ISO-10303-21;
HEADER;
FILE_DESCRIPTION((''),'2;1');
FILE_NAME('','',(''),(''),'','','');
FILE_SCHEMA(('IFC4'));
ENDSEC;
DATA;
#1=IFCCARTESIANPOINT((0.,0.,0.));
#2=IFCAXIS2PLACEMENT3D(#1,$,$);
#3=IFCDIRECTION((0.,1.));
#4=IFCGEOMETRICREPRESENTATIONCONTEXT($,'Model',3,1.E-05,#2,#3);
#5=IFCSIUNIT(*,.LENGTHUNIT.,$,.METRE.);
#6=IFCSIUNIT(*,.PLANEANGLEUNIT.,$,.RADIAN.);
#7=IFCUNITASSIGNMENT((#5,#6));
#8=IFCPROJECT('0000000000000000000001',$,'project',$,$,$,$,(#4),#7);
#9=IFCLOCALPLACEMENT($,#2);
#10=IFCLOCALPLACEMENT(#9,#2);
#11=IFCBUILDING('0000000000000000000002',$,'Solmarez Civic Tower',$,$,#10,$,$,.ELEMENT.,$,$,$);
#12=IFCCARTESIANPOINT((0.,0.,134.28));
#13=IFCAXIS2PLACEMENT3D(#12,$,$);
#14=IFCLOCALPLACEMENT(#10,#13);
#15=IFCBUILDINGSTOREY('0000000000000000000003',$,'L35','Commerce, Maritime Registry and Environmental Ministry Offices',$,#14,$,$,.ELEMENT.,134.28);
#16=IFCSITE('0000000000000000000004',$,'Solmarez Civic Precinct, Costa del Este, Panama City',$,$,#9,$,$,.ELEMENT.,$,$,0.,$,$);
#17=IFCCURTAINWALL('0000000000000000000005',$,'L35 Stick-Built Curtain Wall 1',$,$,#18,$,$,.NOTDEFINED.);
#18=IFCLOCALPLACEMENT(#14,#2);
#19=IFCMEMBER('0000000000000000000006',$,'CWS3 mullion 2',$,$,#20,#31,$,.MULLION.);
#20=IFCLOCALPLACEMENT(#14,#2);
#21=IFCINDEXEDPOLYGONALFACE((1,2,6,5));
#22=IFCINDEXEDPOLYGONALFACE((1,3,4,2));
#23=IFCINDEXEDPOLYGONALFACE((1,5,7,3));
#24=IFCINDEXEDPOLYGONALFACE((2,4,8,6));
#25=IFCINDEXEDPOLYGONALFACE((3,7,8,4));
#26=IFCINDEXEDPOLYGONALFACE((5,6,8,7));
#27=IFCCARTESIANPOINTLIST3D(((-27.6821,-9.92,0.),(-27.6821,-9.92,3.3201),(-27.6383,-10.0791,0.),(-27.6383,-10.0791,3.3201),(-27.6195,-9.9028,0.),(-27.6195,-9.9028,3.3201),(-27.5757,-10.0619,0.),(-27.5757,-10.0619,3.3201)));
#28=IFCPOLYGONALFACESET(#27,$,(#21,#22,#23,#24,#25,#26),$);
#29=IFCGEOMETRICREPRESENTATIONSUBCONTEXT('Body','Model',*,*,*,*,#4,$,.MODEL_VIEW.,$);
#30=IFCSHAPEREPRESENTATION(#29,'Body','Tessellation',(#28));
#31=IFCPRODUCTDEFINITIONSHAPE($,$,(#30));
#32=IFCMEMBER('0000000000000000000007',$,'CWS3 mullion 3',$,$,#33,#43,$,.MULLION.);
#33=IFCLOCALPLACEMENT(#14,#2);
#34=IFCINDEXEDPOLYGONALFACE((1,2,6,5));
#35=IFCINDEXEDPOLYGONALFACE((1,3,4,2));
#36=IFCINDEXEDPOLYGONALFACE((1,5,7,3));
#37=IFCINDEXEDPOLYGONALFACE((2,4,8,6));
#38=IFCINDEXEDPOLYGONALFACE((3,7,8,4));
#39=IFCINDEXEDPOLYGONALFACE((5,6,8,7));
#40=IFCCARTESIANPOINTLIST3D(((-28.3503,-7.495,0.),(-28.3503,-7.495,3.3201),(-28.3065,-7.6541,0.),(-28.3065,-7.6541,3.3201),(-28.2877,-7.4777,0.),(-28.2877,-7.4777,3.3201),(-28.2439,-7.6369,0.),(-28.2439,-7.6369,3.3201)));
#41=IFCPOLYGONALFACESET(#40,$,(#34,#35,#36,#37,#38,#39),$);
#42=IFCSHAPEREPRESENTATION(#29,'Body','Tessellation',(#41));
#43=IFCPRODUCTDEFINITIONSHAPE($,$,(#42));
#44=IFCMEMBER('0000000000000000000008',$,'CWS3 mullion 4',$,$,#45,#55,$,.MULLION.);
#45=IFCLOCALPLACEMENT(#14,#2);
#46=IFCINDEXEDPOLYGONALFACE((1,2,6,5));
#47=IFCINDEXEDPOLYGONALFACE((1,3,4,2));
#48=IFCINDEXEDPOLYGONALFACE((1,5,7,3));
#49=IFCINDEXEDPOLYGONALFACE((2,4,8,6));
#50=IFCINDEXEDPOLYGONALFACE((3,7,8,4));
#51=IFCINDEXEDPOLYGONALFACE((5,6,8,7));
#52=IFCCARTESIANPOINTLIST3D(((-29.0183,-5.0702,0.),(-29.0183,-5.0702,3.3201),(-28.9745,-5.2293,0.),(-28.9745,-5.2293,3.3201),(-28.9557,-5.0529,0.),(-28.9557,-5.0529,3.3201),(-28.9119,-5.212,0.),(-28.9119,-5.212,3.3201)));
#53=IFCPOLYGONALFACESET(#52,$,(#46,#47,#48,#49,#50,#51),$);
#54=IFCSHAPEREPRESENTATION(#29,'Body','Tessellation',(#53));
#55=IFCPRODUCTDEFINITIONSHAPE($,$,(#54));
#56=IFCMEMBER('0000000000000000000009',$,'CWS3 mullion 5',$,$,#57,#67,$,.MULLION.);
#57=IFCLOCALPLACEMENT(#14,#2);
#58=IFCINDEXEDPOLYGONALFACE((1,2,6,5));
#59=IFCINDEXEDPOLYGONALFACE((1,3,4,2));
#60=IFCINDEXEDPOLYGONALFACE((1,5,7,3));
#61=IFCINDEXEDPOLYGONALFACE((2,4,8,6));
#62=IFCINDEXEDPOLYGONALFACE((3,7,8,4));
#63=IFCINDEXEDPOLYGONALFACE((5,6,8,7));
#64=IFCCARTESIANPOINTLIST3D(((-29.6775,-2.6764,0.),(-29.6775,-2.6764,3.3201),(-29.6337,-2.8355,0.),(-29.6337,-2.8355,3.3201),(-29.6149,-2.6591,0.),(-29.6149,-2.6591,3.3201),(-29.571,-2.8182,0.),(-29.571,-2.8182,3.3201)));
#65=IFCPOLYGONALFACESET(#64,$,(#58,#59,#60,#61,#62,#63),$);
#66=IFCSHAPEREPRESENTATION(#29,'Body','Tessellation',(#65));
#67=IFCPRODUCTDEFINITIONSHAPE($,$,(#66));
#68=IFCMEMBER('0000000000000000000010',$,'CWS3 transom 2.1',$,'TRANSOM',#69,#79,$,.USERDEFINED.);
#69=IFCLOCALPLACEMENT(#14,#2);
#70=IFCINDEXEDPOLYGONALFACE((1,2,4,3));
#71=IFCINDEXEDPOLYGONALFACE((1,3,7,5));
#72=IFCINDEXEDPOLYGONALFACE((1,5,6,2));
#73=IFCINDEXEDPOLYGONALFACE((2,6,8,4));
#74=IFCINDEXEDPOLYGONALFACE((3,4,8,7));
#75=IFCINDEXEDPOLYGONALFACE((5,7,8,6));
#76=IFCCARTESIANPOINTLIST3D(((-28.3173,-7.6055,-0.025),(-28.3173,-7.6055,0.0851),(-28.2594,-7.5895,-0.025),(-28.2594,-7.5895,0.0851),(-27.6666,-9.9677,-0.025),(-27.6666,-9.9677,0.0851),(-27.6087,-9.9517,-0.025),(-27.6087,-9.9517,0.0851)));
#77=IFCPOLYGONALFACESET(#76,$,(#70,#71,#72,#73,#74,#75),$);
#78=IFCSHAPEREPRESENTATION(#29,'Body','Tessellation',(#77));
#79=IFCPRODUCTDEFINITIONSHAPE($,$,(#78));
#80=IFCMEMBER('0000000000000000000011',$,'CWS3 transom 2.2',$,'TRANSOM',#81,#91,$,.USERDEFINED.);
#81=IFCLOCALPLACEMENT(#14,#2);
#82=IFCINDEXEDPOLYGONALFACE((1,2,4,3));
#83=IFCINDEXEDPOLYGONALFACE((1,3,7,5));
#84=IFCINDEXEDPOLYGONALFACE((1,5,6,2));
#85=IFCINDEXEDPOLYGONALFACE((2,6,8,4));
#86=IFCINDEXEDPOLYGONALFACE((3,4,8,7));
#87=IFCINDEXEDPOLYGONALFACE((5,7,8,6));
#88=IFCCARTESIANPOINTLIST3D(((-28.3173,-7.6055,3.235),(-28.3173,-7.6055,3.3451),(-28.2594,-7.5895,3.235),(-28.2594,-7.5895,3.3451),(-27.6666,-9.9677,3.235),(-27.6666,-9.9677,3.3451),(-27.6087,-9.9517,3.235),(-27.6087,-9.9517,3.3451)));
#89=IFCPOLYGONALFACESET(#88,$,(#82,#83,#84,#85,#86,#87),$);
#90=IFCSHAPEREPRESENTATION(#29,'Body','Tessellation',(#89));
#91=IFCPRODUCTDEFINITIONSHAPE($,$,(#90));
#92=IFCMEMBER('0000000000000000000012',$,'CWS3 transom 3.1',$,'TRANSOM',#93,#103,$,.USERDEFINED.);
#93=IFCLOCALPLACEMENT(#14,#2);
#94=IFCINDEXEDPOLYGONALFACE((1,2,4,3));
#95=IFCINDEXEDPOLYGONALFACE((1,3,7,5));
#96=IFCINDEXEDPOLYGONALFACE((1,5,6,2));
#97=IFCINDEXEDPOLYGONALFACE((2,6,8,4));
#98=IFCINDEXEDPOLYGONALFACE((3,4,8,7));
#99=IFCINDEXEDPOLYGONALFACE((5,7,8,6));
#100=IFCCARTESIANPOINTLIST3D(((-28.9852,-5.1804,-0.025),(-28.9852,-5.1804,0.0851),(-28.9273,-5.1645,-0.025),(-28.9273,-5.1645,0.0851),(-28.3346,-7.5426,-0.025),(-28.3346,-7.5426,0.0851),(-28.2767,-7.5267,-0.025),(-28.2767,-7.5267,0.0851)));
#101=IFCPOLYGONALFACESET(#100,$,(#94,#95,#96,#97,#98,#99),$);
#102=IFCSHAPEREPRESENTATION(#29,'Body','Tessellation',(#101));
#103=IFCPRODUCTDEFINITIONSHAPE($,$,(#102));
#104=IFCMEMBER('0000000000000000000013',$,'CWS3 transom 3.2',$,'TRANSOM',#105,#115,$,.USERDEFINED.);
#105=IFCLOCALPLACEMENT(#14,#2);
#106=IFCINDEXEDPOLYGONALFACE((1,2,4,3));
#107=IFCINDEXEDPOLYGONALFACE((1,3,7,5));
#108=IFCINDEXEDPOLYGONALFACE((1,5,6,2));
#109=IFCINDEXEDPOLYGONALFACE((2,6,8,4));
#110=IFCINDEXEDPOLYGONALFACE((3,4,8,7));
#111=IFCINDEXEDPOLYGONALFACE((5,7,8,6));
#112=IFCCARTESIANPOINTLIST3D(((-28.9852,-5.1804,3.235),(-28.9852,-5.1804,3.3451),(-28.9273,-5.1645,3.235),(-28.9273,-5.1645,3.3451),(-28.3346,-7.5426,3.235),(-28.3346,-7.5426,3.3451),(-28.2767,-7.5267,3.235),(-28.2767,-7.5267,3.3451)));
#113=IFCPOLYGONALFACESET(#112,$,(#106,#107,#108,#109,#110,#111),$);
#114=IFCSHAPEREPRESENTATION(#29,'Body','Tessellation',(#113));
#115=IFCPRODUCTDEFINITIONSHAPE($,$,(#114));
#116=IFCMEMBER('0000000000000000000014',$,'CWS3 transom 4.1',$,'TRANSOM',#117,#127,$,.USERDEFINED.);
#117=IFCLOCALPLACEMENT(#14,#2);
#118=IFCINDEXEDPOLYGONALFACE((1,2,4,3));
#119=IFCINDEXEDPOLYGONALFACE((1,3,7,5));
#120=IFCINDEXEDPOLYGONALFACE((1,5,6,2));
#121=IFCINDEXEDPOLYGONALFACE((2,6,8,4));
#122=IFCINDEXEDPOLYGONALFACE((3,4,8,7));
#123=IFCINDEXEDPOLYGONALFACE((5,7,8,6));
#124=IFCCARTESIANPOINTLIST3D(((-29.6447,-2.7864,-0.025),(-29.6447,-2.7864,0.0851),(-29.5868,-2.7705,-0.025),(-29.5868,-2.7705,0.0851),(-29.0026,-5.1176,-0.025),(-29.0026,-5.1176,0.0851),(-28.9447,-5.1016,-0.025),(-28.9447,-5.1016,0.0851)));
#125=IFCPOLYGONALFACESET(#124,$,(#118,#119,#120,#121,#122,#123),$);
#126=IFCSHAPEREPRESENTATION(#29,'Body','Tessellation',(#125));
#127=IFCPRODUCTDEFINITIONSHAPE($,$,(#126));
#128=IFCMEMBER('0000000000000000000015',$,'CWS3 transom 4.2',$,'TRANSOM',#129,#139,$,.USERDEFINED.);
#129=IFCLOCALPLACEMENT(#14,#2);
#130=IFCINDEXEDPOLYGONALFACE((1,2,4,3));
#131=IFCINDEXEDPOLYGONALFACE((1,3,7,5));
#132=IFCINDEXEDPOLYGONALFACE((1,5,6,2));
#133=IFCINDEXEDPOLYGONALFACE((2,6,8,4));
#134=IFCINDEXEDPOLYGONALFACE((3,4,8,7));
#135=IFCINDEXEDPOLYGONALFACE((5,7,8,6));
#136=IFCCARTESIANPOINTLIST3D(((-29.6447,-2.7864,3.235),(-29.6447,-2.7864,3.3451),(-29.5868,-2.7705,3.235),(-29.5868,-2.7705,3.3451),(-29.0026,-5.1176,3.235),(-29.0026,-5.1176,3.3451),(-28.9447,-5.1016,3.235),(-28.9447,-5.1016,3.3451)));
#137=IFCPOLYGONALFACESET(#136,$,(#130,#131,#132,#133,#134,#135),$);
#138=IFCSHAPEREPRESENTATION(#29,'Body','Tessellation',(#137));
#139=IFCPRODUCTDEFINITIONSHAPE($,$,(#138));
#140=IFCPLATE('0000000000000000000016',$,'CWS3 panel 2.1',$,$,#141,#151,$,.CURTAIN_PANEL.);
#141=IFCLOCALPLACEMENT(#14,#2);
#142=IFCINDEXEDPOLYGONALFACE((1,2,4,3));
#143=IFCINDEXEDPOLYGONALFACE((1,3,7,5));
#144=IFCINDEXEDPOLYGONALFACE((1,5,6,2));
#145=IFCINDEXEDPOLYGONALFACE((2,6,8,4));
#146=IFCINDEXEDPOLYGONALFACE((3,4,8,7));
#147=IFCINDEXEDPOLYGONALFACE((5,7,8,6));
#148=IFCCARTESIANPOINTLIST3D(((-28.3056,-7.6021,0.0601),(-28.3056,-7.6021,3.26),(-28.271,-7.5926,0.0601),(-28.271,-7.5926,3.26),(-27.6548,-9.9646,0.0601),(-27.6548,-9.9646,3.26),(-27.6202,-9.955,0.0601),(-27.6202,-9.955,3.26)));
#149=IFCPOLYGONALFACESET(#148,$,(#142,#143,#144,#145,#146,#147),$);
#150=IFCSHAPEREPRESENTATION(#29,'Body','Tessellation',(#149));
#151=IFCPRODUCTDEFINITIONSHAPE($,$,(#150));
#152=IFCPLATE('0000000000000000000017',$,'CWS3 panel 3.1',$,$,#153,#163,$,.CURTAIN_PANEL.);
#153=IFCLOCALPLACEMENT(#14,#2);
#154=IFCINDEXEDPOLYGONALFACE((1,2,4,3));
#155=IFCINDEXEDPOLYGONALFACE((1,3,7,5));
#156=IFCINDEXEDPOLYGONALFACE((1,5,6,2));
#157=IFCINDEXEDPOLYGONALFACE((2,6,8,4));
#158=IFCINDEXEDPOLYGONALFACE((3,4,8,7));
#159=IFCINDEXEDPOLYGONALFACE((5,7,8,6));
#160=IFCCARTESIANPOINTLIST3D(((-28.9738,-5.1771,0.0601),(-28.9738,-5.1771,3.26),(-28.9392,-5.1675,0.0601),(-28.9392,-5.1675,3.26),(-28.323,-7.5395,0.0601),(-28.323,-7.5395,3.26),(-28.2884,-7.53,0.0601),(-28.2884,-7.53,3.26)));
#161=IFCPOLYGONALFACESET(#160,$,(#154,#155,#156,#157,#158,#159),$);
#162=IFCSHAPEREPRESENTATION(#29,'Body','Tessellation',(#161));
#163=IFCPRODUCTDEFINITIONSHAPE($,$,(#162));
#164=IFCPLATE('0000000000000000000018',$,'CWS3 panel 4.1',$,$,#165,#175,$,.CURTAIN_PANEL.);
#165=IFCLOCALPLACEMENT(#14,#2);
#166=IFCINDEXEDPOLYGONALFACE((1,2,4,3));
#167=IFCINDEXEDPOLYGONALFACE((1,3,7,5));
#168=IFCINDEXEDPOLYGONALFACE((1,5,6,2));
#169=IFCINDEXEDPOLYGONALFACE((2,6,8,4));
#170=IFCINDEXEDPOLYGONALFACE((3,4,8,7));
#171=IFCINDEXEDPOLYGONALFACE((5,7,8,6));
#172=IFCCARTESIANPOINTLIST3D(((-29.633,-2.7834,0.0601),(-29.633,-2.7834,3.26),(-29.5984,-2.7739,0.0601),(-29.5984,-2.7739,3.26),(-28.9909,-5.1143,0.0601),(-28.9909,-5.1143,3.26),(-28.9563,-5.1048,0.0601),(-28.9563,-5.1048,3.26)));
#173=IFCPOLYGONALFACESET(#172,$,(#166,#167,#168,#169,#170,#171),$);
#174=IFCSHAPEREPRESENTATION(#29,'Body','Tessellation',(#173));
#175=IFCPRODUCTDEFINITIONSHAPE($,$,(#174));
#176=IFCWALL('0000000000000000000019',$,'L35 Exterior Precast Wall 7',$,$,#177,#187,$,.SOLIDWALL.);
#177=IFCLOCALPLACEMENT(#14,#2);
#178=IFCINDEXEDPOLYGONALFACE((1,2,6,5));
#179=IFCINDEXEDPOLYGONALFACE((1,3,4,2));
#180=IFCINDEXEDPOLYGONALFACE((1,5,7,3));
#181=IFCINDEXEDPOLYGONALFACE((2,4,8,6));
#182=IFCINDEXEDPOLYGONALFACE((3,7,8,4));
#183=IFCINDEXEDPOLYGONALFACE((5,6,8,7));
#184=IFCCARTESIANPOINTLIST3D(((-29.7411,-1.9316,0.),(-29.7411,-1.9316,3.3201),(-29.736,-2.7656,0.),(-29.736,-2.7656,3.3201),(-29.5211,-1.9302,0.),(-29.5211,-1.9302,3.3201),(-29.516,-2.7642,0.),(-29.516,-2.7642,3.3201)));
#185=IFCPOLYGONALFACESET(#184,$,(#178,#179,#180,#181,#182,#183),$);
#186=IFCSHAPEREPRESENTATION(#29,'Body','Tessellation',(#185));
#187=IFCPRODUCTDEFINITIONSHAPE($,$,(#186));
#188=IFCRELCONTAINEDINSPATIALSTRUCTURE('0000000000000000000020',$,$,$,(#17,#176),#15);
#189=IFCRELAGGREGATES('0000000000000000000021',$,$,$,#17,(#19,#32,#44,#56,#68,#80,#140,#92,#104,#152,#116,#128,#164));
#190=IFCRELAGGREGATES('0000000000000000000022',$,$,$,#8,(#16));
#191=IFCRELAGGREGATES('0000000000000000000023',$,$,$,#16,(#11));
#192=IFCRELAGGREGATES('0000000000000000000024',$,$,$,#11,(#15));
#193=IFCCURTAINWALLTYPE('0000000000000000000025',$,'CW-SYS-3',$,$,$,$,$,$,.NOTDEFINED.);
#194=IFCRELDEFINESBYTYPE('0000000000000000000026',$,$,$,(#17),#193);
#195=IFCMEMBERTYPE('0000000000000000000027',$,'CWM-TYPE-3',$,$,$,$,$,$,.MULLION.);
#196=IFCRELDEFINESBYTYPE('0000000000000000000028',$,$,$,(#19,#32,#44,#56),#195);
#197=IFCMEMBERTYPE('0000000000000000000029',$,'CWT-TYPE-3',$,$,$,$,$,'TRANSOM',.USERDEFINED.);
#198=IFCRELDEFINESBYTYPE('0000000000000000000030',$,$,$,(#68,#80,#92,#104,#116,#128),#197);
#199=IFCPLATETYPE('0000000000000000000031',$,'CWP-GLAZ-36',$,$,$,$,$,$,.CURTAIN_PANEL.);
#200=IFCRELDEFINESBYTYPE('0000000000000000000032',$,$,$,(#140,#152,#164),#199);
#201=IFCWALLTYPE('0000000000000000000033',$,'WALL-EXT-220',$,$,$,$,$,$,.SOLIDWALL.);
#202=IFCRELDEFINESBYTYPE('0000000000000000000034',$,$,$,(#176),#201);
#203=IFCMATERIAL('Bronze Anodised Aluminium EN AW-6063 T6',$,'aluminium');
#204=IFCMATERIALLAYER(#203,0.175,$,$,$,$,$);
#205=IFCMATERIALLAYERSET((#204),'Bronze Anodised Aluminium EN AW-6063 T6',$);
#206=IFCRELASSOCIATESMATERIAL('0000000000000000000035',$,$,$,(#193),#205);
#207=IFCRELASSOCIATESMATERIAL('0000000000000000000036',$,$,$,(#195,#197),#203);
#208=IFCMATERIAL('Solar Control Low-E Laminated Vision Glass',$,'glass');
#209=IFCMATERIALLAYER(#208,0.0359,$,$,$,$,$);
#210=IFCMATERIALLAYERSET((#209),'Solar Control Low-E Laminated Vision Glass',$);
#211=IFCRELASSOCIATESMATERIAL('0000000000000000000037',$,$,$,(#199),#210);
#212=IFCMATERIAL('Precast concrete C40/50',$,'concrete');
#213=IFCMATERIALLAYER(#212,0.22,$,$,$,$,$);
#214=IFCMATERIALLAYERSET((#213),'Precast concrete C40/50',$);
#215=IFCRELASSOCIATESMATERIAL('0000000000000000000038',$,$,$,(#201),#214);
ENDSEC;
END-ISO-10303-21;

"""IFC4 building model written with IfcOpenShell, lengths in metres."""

from ifc_helpers import new_model, si_unit, direction, frame, frame_2d, origin, origin_2d, place, context, subcontext, project, spatial, rectangle, extrude, material, layer, layer_set, material_profile, profile_set, type_object, element, aggregate, save


model = new_model("IFC4")

# Units and contexts
model_context = context("Model", 3, precision=1e-05, world=origin(), true_north=direction((0.0, 1.0)))
body_context = subcontext(model_context, "Body", "Model", "MODEL_VIEW")
ifc_project = project(units=[si_unit("LENGTHUNIT", "METRE"), si_unit("PLANEANGLEUNIT", "RADIAN")], contexts=[model_context])

# Site, building, storey
site_placement = place(None, origin())
site = spatial("IfcSite", under=ifc_project, at=site_placement, Name="Solmarez Civic Precinct, Costa del Este, Panama City", CompositionType="ELEMENT", RefElevation=0.0)
building_placement = place(site_placement, origin())
building = spatial("IfcBuilding", under=site, at=building_placement, Name="Solmarez Civic Tower", CompositionType="ELEMENT")
storey_placement = place(building_placement, frame((0.0, 0.0, 134.28)))
storey = spatial("IfcBuildingStorey", under=building, at=storey_placement, Name="L35", Description="Commerce, Maritime Registry and Environmental Ministry Offices", CompositionType="ELEMENT", Elevation=134.28)

# Curtain wall, members, plates
ifc_material_1 = material(Name="Bronze Anodised Aluminium EN AW-6063 T6", Category="aluminium")
ifc_layer_1 = layer(ifc_material_1, 0.175)
ifc_layer_set_1 = layer_set([ifc_layer_1], Name="Bronze Anodised Aluminium EN AW-6063 T6")
curtain_wall_type = type_object("IfcCurtainWallType", Name="CW-SYS-3", PredefinedType="NOTDEFINED", material=ifc_layer_set_1)
curtain_wall_placement = place(storey_placement, origin())
curtain_wall = element("IfcCurtainWall", 1, at=curtain_wall_placement, inside=storey, type_object=curtain_wall_type, Name="L35 Stick-Built Curtain Wall 1", PredefinedType="NOTDEFINED")
ifc_material_profile_1 = material_profile(ifc_material_1, rectangle(XDim=0.0649, YDim=0.165, at=origin_2d()), Name="CWM-65X165")
ifc_profile_set_1 = profile_set([ifc_material_profile_1], Name="Bronze Anodised Aluminium EN AW-6063 T6")
member_type_1 = type_object("IfcMemberType", Name="CWM-TYPE-3", PredefinedType="MULLION", material=ifc_profile_set_1)
member_1_placement = place(storey_placement, frame((-27.6289, -9.991, 0.0), z_axis=(0.0, 0.0, 1.0), x_axis=(-0.964091, -0.265572, 0.0)))
member_1 = element("IfcMember", 2, at=member_1_placement, type_object=member_type_1, Name="CWS3 mullion 2", PredefinedType="MULLION", context=body_context, shape_type="SweptSolid", body=[
    extrude(rectangle(XDim=0.0649, YDim=0.165, at=origin_2d()), origin(), (0.0, 0.0, 1.0), 3.3201),
])
member_2_placement = place(storey_placement, frame((-28.2971, -7.5659, 0.0), z_axis=(0.0, 0.0, 1.0), x_axis=(-0.964091, -0.265572, 0.0)))
member_2 = element("IfcMember", 3, at=member_2_placement, type_object=member_type_1, Name="CWS3 mullion 3", PredefinedType="MULLION", context=body_context, shape_type="SweptSolid", body=[
    extrude(rectangle(XDim=0.0649, YDim=0.165, at=origin_2d()), origin(), (0.0, 0.0, 1.0), 3.3201),
])
member_3_placement = place(storey_placement, frame((-28.9651, -5.1411, 0.0), z_axis=(0.0, 0.0, 1.0), x_axis=(-0.964091, -0.265572, 0.0)))
member_3 = element("IfcMember", 4, at=member_3_placement, type_object=member_type_1, Name="CWS3 mullion 4", PredefinedType="MULLION", context=body_context, shape_type="SweptSolid", body=[
    extrude(rectangle(XDim=0.0649, YDim=0.165, at=origin_2d()), origin(), (0.0, 0.0, 1.0), 3.3201),
])
member_4_placement = place(storey_placement, frame((-29.6243, -2.7473, 0.0), z_axis=(0.0, 0.0, 1.0), x_axis=(-0.964091, -0.265572, 0.0)))
member_4 = element("IfcMember", 5, at=member_4_placement, type_object=member_type_1, Name="CWS3 mullion 5", PredefinedType="MULLION", context=body_context, shape_type="SweptSolid", body=[
    extrude(rectangle(XDim=0.0649, YDim=0.165, at=origin_2d()), origin(), (0.0, 0.0, 1.0), 3.3201),
])
ifc_material_profile_2 = material_profile(ifc_material_1, rectangle(XDim=0.0601, YDim=0.1101, at=origin_2d()), Name="CWT-60X110")
ifc_profile_set_2 = profile_set([ifc_material_profile_2], Name="Bronze Anodised Aluminium EN AW-6063 T6")
member_type_2 = type_object("IfcMemberType", Name="CWT-TYPE-3", ElementType="TRANSOM", PredefinedType="USERDEFINED", material=ifc_profile_set_2)
member_5_placement = place(storey_placement, frame((-27.6377, -9.9597, 0.03), z_axis=(-0.265536, 0.964101, 0.0), x_axis=(-0.964101, -0.265536, 0.0)))
member_5 = element("IfcMember", 6, at=member_5_placement, type_object=member_type_2, Name="CWS3 transom 2.1", ObjectType="TRANSOM", PredefinedType="USERDEFINED", context=body_context, shape_type="SweptSolid", body=[
    extrude(rectangle(XDim=0.0601, YDim=0.1101, at=origin_2d()), origin(), (0.0, 0.0, 1.0), 2.4502),
])
member_6_placement = place(storey_placement, frame((-27.6377, -9.9597, 3.29), z_axis=(-0.265536, 0.964101, 0.0), x_axis=(-0.964101, -0.265536, 0.0)))
member_6 = element("IfcMember", 7, at=member_6_placement, type_object=member_type_2, Name="CWS3 transom 2.2", ObjectType="TRANSOM", PredefinedType="USERDEFINED", context=body_context, shape_type="SweptSolid", body=[
    extrude(rectangle(XDim=0.0601, YDim=0.1101, at=origin_2d()), origin(), (0.0, 0.0, 1.0), 2.4502),
])
member_7_placement = place(storey_placement, frame((-28.3057, -7.5347, 0.03), z_axis=(-0.265536, 0.964101, 0.0), x_axis=(-0.964101, -0.265536, 0.0)))
member_7 = element("IfcMember", 8, at=member_7_placement, type_object=member_type_2, Name="CWS3 transom 3.1", ObjectType="TRANSOM", PredefinedType="USERDEFINED", context=body_context, shape_type="SweptSolid", body=[
    extrude(rectangle(XDim=0.0601, YDim=0.1101, at=origin_2d()), origin(), (0.0, 0.0, 1.0), 2.4502),
])
member_8_placement = place(storey_placement, frame((-28.3057, -7.5347, 3.29), z_axis=(-0.265536, 0.964101, 0.0), x_axis=(-0.964101, -0.265536, 0.0)))
member_8 = element("IfcMember", 9, at=member_8_placement, type_object=member_type_2, Name="CWS3 transom 3.2", ObjectType="TRANSOM", PredefinedType="USERDEFINED", context=body_context, shape_type="SweptSolid", body=[
    extrude(rectangle(XDim=0.0601, YDim=0.1101, at=origin_2d()), origin(), (0.0, 0.0, 1.0), 2.4502),
])
member_9_placement = place(storey_placement, frame((-28.9736, -5.1096, 0.03), z_axis=(-0.26556, 0.964094, 0.0), x_axis=(-0.964094, -0.26556, 0.0)))
member_9 = element("IfcMember", 10, at=member_9_placement, type_object=member_type_2, Name="CWS3 transom 4.1", ObjectType="TRANSOM", PredefinedType="USERDEFINED", context=body_context, shape_type="SweptSolid", body=[
    extrude(rectangle(XDim=0.0601, YDim=0.1101, at=origin_2d()), origin(), (0.0, 0.0, 1.0), 2.418),
])
member_10_placement = place(storey_placement, frame((-28.9736, -5.1096, 3.29), z_axis=(-0.26556, 0.964094, 0.0), x_axis=(-0.964094, -0.26556, 0.0)))
member_10 = element("IfcMember", 11, at=member_10_placement, type_object=member_type_2, Name="CWS3 transom 4.2", ObjectType="TRANSOM", PredefinedType="USERDEFINED", context=body_context, shape_type="SweptSolid", body=[
    extrude(rectangle(XDim=0.0601, YDim=0.1101, at=origin_2d()), origin(), (0.0, 0.0, 1.0), 2.418),
])
ifc_material_2 = material(Name="Solar Control Low-E Laminated Vision Glass", Category="glass")
ifc_layer_2 = layer(ifc_material_2, 0.0359)
ifc_layer_set_2 = layer_set([ifc_layer_2], Name="Solar Control Low-E Laminated Vision Glass")
plate_type = type_object("IfcPlateType", Name="CWP-GLAZ-36", PredefinedType="CURTAIN_PANEL", material=ifc_layer_set_2)
plate_1_placement = place(storey_placement, frame((-27.9629, -8.7786, 0.0601), z_axis=(0.0, 0.0, 1.0), x_axis=(-0.265572, 0.964091, 0.0)))
plate_1 = element("IfcPlate", 12, at=plate_1_placement, type_object=plate_type, Name="CWS3 panel 2.1", PredefinedType="CURTAIN_PANEL", context=body_context, shape_type="SweptSolid", body=[
    extrude(rectangle(XDim=2.4504, YDim=0.0359, at=origin_2d()), origin(), (0.0, 0.0, 1.0), 3.2),
])
plate_2_placement = place(storey_placement, frame((-28.6311, -6.3535, 0.0601), z_axis=(0.0, 0.0, 1.0), x_axis=(-0.265572, 0.964091, 0.0)))
plate_2 = element("IfcPlate", 13, at=plate_2_placement, type_object=plate_type, Name="CWS3 panel 3.1", PredefinedType="CURTAIN_PANEL", context=body_context, shape_type="SweptSolid", body=[
    extrude(rectangle(XDim=2.4504, YDim=0.0359, at=origin_2d()), origin(), (0.0, 0.0, 1.0), 3.2),
])
plate_3_placement = place(storey_placement, frame((-29.2947, -3.9441, 0.0601), z_axis=(0.0, 0.0, 1.0), x_axis=(-0.265572, 0.964091, 0.0)))
plate_3 = element("IfcPlate", 14, at=plate_3_placement, type_object=plate_type, Name="CWS3 panel 4.1", PredefinedType="CURTAIN_PANEL", context=body_context, shape_type="SweptSolid", body=[
    extrude(rectangle(XDim=2.4177, YDim=0.0359, at=origin_2d()), origin(), (0.0, 0.0, 1.0), 3.2),
])
aggregate(curtain_wall, [member_1, member_2, member_3, member_4, member_5, member_6, plate_1, member_7, member_8, plate_2, member_9, member_10, plate_3])

# Wall
ifc_material_3 = material(Name="Precast concrete C40/50", Category="concrete")
ifc_layer_3 = layer(ifc_material_3, 0.22)
ifc_layer_set_3 = layer_set([ifc_layer_3], Name="Precast concrete C40/50")
wall_type = type_object("IfcWallType", Name="WALL-EXT-220", PredefinedType="SOLIDWALL", material=ifc_layer_set_3)
wall_1_placement = place(storey_placement, frame((-29.626, -2.7649, 0.0), z_axis=(0.0, 0.0, 1.0), x_axis=(-0.006147, 0.999981, 0.0)))
element("IfcWall", 15, at=wall_1_placement, inside=storey, type_object=wall_type, Name="L35 Exterior Precast Wall 7", PredefinedType="SOLIDWALL", context=body_context, shape_type="SweptSolid", body=[
    extrude(rectangle(XDim=0.834, YDim=0.22, at=frame_2d((0.417, 0.0))), origin(), (0.0, 0.0, 1.0), 3.3201),
])

save(model, "model.ifc")
